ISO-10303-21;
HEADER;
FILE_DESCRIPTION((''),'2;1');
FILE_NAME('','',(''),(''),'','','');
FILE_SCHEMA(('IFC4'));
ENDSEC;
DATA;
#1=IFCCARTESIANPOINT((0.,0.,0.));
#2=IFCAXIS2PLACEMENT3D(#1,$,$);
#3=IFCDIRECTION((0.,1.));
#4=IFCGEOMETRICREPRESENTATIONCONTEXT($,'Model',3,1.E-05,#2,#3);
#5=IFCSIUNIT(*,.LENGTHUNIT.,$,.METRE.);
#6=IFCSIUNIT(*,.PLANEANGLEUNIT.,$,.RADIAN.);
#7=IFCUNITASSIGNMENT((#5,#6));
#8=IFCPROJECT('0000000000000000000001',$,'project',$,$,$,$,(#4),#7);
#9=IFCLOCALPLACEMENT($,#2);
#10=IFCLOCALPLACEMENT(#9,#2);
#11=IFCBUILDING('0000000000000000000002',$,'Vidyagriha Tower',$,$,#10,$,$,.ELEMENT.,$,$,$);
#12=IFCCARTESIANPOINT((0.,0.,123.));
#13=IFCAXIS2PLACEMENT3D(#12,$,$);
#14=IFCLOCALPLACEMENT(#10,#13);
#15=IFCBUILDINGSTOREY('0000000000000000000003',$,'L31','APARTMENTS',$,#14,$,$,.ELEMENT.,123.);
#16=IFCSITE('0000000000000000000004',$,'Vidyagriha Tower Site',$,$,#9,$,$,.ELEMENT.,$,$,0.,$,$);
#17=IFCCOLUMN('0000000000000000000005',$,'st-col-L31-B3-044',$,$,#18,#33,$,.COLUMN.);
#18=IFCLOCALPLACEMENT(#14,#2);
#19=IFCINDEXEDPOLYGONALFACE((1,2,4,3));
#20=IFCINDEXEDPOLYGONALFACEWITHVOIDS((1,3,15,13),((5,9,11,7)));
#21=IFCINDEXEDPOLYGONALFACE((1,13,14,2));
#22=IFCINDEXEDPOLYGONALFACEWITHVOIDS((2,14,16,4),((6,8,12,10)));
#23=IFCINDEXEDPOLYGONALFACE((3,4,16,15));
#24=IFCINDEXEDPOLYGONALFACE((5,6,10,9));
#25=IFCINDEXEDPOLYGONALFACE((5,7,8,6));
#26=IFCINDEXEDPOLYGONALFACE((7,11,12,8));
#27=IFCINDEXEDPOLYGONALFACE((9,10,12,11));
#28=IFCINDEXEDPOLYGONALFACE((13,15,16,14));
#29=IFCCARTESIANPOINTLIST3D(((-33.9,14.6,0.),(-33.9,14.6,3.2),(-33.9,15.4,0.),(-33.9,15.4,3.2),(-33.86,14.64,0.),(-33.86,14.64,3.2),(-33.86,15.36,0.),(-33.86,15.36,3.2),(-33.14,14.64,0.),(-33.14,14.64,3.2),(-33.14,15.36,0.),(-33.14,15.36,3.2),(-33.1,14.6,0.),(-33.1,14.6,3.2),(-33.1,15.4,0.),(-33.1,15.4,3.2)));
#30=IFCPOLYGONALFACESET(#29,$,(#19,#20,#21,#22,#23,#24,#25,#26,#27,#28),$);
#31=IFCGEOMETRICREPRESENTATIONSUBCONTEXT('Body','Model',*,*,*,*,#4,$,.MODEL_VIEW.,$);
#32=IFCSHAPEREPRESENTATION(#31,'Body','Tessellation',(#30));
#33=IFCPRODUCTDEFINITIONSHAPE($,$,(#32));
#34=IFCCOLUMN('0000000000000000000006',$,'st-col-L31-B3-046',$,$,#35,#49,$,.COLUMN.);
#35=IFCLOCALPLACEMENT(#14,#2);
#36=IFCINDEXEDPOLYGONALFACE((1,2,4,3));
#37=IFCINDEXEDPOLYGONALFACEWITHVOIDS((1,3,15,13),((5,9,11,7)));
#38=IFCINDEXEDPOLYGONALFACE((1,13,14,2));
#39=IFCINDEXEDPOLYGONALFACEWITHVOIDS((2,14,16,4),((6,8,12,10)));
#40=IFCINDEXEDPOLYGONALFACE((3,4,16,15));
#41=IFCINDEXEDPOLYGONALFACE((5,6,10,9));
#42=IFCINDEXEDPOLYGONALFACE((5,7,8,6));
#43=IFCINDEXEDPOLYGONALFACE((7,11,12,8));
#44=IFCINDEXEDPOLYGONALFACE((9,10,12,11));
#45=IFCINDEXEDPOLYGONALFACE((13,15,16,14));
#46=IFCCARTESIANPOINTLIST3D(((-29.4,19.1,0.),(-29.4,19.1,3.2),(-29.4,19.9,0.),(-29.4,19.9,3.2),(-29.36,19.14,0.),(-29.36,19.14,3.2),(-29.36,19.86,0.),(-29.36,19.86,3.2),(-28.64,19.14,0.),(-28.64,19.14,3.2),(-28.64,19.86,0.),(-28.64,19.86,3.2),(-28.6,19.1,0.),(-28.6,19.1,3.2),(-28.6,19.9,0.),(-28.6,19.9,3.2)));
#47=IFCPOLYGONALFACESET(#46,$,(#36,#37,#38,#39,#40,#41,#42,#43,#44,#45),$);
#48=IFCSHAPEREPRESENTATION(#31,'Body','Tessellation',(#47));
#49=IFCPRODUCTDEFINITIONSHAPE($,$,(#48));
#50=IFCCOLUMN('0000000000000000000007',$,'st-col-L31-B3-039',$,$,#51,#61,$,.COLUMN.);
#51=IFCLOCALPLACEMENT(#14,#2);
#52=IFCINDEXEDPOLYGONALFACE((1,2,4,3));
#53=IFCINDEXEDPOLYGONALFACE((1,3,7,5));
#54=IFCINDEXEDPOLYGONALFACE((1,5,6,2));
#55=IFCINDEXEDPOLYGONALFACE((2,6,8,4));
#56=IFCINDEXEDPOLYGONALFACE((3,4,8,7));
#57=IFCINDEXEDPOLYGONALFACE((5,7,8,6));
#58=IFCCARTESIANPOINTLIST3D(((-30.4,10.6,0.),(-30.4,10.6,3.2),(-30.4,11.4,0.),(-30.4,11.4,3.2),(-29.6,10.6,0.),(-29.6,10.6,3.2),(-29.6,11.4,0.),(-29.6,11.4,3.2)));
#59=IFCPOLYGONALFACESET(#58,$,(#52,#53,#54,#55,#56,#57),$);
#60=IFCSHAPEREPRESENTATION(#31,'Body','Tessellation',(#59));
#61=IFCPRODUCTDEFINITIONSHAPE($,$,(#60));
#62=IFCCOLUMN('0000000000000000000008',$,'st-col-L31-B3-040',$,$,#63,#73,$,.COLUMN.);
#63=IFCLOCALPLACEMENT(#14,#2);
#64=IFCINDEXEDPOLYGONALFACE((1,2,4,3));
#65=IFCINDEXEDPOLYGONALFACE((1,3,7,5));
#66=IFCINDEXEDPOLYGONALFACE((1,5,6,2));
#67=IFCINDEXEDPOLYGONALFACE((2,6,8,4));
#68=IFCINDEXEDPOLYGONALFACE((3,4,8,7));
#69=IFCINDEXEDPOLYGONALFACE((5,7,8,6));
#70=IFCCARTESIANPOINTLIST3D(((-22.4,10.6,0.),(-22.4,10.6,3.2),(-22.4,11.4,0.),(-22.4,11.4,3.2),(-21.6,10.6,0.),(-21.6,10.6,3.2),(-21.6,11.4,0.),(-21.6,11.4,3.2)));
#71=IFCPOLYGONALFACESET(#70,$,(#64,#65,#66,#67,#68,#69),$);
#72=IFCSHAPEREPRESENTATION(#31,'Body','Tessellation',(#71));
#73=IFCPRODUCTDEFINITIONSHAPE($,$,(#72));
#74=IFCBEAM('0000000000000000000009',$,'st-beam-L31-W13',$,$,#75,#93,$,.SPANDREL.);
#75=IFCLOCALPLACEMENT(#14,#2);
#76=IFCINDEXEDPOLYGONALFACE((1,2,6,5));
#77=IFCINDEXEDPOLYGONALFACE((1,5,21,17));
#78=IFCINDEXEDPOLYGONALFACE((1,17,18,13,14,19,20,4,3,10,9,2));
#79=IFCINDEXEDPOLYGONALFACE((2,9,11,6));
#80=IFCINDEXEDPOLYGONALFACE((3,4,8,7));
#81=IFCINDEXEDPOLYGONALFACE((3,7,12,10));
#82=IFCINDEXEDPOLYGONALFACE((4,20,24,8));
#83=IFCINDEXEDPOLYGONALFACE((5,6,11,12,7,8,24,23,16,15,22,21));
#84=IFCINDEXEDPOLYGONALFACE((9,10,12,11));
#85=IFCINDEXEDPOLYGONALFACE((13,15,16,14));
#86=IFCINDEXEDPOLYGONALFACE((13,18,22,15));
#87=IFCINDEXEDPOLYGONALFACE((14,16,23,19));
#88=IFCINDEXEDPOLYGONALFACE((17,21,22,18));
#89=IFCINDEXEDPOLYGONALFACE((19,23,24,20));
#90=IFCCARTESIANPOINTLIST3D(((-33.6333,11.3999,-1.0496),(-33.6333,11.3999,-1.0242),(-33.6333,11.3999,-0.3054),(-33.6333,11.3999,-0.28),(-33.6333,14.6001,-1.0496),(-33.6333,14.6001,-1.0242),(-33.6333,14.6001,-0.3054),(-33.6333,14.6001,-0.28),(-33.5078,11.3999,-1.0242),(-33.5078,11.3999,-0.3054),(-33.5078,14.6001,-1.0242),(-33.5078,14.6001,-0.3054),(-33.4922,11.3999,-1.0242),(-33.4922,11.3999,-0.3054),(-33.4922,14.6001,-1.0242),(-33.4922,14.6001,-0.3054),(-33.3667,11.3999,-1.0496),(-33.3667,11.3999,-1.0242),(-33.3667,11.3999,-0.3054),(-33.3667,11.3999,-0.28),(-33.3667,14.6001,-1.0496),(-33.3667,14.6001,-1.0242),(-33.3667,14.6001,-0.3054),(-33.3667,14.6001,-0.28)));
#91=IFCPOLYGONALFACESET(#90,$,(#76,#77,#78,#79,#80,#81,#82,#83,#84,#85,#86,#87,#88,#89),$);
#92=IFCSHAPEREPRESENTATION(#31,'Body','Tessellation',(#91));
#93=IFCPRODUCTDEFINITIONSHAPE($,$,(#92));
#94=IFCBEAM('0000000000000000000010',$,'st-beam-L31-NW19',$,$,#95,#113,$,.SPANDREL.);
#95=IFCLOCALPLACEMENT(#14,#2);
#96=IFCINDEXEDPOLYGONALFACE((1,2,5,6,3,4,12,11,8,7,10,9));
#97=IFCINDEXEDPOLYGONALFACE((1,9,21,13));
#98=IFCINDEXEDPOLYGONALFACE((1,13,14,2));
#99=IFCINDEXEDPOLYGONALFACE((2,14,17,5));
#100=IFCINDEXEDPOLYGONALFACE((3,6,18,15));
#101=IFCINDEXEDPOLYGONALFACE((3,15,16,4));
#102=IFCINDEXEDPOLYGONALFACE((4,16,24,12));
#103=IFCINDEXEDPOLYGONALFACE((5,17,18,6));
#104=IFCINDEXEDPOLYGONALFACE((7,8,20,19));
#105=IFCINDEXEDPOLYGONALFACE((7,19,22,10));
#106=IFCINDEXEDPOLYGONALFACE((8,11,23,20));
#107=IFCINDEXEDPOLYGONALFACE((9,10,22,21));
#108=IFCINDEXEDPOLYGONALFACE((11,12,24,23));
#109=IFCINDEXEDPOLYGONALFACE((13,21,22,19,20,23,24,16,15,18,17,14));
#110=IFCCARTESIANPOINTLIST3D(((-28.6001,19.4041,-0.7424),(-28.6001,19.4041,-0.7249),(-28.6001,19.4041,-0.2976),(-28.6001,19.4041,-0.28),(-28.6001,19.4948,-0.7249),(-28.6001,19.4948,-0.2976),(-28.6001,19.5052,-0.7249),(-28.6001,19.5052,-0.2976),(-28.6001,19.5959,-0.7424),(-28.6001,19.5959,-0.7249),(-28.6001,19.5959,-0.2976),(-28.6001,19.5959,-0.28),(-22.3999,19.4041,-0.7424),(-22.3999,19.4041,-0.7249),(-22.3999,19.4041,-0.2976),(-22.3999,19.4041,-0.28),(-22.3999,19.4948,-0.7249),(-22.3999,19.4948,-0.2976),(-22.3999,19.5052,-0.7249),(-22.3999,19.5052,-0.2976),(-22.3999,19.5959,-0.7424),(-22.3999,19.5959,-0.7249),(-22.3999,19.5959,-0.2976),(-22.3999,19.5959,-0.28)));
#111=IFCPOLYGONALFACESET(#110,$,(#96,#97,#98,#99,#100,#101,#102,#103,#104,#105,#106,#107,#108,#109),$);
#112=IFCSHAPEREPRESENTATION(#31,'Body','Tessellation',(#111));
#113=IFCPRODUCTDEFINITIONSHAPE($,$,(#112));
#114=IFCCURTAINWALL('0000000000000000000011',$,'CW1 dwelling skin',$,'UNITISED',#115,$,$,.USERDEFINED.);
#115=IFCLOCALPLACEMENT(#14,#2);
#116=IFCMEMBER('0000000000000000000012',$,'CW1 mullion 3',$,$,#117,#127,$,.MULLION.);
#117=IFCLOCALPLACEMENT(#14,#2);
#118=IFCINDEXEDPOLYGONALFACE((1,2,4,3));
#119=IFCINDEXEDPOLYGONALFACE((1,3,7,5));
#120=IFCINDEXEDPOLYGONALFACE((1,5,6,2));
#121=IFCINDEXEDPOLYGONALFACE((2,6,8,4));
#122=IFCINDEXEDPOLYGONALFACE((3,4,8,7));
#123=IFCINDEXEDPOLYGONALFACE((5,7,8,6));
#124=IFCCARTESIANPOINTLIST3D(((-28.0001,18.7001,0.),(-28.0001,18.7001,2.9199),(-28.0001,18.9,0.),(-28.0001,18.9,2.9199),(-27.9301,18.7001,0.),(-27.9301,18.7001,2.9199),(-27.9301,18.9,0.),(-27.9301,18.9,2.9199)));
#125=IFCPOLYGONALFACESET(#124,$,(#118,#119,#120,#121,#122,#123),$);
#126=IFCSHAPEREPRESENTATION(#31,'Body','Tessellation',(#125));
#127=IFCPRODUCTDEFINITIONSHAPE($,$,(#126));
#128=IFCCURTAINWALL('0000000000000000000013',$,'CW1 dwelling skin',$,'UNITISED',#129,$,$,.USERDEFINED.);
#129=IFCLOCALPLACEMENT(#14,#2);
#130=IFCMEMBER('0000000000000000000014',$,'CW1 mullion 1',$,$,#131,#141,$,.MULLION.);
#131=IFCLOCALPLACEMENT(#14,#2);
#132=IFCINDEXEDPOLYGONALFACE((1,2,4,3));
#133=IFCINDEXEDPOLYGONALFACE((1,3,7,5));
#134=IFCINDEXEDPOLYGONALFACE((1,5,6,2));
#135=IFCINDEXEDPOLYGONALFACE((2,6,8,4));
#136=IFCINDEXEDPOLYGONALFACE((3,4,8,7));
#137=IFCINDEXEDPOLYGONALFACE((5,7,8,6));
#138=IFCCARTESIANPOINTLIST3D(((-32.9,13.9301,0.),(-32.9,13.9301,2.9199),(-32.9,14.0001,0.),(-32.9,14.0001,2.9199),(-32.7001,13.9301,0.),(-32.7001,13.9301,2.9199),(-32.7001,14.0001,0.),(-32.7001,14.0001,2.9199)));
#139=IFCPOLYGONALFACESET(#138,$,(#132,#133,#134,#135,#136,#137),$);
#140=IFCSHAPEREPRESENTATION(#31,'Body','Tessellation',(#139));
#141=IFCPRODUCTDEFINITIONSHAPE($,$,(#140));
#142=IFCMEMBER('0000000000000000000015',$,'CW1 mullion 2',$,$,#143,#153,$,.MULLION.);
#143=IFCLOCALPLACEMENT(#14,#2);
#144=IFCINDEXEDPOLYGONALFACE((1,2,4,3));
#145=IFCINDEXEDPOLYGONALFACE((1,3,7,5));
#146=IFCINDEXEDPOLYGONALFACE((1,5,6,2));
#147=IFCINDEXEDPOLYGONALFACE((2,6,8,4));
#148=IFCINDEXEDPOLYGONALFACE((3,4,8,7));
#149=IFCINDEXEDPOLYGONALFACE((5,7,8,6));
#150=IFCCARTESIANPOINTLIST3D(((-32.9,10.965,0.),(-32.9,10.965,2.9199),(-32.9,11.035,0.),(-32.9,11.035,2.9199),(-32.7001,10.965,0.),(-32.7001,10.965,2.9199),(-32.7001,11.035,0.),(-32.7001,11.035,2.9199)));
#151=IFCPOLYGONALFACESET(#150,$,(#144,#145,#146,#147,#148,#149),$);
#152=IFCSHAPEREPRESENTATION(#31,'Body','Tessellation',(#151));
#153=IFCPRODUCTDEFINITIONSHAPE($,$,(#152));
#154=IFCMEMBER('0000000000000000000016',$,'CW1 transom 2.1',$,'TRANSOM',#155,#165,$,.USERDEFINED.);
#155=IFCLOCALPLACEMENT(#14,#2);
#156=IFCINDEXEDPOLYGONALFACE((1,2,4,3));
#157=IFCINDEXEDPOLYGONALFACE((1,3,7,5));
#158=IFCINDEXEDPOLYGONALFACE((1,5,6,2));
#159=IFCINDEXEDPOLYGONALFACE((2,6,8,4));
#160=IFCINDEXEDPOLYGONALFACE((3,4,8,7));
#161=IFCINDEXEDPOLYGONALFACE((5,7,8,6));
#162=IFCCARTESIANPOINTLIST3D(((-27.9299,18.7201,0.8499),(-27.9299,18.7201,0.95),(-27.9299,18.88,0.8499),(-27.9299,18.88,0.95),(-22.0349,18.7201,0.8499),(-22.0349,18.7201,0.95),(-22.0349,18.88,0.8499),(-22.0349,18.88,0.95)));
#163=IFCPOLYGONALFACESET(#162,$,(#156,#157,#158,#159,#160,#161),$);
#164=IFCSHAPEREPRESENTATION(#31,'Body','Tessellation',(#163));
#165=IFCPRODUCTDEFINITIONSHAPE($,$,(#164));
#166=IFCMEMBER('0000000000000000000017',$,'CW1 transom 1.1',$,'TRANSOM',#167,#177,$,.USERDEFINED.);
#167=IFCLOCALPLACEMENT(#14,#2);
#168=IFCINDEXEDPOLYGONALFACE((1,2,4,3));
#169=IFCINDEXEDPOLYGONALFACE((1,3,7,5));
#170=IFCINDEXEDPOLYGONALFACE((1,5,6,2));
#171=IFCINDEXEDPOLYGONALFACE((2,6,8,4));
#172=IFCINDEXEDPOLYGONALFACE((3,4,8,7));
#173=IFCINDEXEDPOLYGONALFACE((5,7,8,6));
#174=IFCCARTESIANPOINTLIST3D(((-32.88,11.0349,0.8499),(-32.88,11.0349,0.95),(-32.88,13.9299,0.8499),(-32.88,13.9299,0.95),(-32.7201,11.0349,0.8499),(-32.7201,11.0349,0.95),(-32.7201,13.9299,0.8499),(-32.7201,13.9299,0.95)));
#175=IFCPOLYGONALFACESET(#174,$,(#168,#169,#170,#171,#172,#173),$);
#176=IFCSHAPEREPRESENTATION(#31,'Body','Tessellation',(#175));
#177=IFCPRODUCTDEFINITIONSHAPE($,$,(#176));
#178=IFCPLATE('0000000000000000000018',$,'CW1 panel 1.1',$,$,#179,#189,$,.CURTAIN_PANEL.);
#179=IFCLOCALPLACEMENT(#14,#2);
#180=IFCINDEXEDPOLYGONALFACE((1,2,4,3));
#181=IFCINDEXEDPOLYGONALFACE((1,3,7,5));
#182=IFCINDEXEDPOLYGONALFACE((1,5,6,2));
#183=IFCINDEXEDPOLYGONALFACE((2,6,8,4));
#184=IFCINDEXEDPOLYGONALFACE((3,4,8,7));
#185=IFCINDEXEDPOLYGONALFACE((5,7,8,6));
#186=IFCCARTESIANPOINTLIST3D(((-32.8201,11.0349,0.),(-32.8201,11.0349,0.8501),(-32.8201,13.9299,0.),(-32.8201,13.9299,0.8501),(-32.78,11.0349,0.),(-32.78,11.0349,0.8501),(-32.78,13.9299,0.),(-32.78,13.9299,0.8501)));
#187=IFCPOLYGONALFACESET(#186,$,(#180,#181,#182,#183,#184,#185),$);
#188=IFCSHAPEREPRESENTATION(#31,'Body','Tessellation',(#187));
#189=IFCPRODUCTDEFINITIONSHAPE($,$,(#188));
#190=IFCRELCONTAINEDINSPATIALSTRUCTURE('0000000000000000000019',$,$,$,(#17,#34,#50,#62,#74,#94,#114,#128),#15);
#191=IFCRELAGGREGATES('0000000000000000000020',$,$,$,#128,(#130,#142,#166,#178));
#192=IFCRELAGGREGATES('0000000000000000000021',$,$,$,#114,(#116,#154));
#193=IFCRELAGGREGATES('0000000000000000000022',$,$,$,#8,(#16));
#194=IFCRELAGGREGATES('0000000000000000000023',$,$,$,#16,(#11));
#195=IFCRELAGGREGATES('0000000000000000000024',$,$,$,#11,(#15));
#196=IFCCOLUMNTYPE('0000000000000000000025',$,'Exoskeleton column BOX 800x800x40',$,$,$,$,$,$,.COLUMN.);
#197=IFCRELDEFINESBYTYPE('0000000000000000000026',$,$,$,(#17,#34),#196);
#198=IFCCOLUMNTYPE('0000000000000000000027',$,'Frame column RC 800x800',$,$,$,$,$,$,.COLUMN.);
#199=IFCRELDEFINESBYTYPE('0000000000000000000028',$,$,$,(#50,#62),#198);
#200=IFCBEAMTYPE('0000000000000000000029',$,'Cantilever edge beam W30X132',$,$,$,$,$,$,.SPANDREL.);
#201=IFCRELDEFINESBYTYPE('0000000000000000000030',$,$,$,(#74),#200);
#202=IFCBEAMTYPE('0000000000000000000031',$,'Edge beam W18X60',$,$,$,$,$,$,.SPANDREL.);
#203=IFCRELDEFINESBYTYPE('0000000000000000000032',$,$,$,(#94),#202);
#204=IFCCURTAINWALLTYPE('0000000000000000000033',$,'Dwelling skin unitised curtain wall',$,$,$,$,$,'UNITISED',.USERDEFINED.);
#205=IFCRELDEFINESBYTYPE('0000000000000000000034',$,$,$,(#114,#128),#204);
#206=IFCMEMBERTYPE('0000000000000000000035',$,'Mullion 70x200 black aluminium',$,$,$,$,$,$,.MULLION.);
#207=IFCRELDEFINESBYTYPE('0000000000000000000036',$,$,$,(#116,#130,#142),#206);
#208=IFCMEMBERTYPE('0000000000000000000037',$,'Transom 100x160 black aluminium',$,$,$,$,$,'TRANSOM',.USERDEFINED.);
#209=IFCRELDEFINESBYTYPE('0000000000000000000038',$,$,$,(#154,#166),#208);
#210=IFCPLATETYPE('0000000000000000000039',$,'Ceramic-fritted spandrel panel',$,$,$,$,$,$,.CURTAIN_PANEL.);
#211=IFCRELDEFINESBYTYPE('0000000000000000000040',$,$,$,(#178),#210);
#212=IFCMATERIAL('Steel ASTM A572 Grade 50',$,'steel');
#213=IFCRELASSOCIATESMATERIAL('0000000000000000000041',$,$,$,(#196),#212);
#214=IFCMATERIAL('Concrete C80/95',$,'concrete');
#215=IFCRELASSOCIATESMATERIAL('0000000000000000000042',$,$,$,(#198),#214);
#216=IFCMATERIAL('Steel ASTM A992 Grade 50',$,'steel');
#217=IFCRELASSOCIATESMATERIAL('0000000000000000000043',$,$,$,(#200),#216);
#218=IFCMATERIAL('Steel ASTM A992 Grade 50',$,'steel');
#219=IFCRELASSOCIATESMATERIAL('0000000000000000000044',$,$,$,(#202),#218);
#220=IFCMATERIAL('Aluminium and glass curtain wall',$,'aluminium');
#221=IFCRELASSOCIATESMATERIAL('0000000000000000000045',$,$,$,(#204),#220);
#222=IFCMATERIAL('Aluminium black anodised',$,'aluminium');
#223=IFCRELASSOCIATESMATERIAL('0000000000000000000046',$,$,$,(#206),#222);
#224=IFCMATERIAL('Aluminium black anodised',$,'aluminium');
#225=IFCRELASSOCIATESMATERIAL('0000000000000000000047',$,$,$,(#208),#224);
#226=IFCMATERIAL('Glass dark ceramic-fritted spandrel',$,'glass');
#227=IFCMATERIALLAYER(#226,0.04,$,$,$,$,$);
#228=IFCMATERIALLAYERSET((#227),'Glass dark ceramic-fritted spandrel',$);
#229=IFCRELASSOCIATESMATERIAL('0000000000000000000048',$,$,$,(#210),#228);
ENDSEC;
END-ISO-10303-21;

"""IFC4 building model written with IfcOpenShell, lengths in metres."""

from ifc_helpers import new_model, si_unit, direction, frame, origin, origin_2d, place, context, subcontext, project, spatial, rectangle, hollow_rectangle, i_section, extrude, material, layer, layer_set, material_profile, profile_set, type_object, element, aggregate, save


model = new_model("IFC4")

# Units and contexts
model_context = context("Model", 3, precision=1e-05, world=origin(), true_north=direction((0.0, 1.0)))
body_context = subcontext(model_context, "Body", "Model", "MODEL_VIEW")
ifc_project = project(units=[si_unit("LENGTHUNIT", "METRE"), si_unit("PLANEANGLEUNIT", "RADIAN")], contexts=[model_context])

# Site, building, storey
site_placement = place(None, origin())
site = spatial("IfcSite", under=ifc_project, at=site_placement, Name="Vidyagriha Tower Site", CompositionType="ELEMENT", RefElevation=0.0)
building_placement = place(site_placement, origin())
building = spatial("IfcBuilding", under=site, at=building_placement, Name="Vidyagriha Tower", CompositionType="ELEMENT")
storey_placement = place(building_placement, frame((0.0, 0.0, 123.0)))
storey = spatial("IfcBuildingStorey", under=building, at=storey_placement, Name="L31", Description="APARTMENTS", CompositionType="ELEMENT", Elevation=123.0)

# Columns
ifc_material_1 = material(Name="Steel ASTM A572 Grade 50", Category="steel")
ifc_material_profile_1 = material_profile(ifc_material_1, hollow_rectangle(XDim=0.8, YDim=0.8, WallThickness=0.04, at=origin_2d()), Name="BOX 800x800x40")
ifc_profile_set_1 = profile_set([ifc_material_profile_1], Name="Steel ASTM A572 Grade 50")
column_type_1 = type_object("IfcColumnType", Name="Exoskeleton column BOX 800x800x40", PredefinedType="COLUMN", material=ifc_profile_set_1)
for number, where, name in (
    (1, (-33.5, 15.0, 0.0), "st-col-L31-B3-044"),
    (2, (-29.0, 19.5, 0.0), "st-col-L31-B3-046"),
):
    element("IfcColumn", number, at=place(storey_placement, frame(where)), inside=storey, type_object=column_type_1, Name=name, PredefinedType="COLUMN", context=body_context, shape_type="SweptSolid", body=[
        extrude(hollow_rectangle(XDim=0.8, YDim=0.8, WallThickness=0.04, at=origin_2d()), origin(), (0.0, 0.0, 1.0), 3.2),
    ])
ifc_material_2 = material(Name="Concrete C80/95", Category="concrete")
ifc_material_profile_2 = material_profile(ifc_material_2, rectangle(XDim=0.8, YDim=0.8, at=origin_2d()), Name="RC 800x800")
ifc_profile_set_2 = profile_set([ifc_material_profile_2], Name="Concrete C80/95")
column_type_2 = type_object("IfcColumnType", Name="Frame column RC 800x800", PredefinedType="COLUMN", material=ifc_profile_set_2)
for number, where, name in (
    (3, (-30.0, 11.0, 0.0), "st-col-L31-B3-039"),
    (4, (-22.0, 11.0, 0.0), "st-col-L31-B3-040"),
):
    element("IfcColumn", number, at=place(storey_placement, frame(where)), inside=storey, type_object=column_type_2, Name=name, PredefinedType="COLUMN", context=body_context, shape_type="SweptSolid", body=[
        extrude(rectangle(XDim=0.8, YDim=0.8, at=origin_2d()), origin(), (0.0, 0.0, 1.0), 3.2),
    ])

# Beams
ifc_material_3 = material(Name="Steel ASTM A992 Grade 50", Category="steel")
ifc_material_profile_3 = material_profile(ifc_material_3, i_section(OverallWidth=0.2666, OverallDepth=0.7695, WebThickness=0.0156, FlangeThickness=0.0254, at=origin_2d()), Name="W30X132")
ifc_profile_set_3 = profile_set([ifc_material_profile_3], Name="Steel ASTM A992 Grade 50")
beam_type_1 = type_object("IfcBeamType", Name="Cantilever edge beam W30X132", PredefinedType="SPANDREL", material=ifc_profile_set_3)
beam_1_placement = place(storey_placement, frame((-33.5, 11.3999, -0.6648), z_axis=(0.0, 1.0, 0.0), x_axis=(-1.0, 0.0, 0.0)))
element("IfcBeam", 5, at=beam_1_placement, inside=storey, type_object=beam_type_1, Name="st-beam-L31-W13", PredefinedType="SPANDREL", context=body_context, shape_type="SweptSolid", body=[
    extrude(i_section(OverallWidth=0.2666, OverallDepth=0.7695, WebThickness=0.0156, FlangeThickness=0.0254, at=origin_2d()), origin(), (0.0, 0.0, 1.0), 3.2002),
])
ifc_material_4 = material(Name="Steel ASTM A992 Grade 50", Category="steel")
ifc_material_profile_4 = material_profile(ifc_material_4, i_section(OverallWidth=0.1919, OverallDepth=0.4624, WebThickness=0.0105, FlangeThickness=0.0176, at=origin_2d()), Name="W18X60")
ifc_profile_set_4 = profile_set([ifc_material_profile_4], Name="Steel ASTM A992 Grade 50")
beam_type_2 = type_object("IfcBeamType", Name="Edge beam W18X60", PredefinedType="SPANDREL", material=ifc_profile_set_4)
beam_2_placement = place(storey_placement, frame((-28.6001, 19.5, -0.5112), z_axis=(1.0, 0.0, 0.0), x_axis=(0.0, 1.0, 0.0)))
element("IfcBeam", 6, at=beam_2_placement, inside=storey, type_object=beam_type_2, Name="st-beam-L31-NW19", PredefinedType="SPANDREL", context=body_context, shape_type="SweptSolid", body=[
    extrude(i_section(OverallWidth=0.1919, OverallDepth=0.4624, WebThickness=0.0105, FlangeThickness=0.0176, at=origin_2d()), origin(), (0.0, 0.0, 1.0), 6.2002),
])

# Curtain wall, member
ifc_material_5 = material(Name="Aluminium and glass curtain wall", Category="aluminium")
curtain_wall_type = type_object("IfcCurtainWallType", Name="Dwelling skin unitised curtain wall", ElementType="UNITISED", PredefinedType="USERDEFINED", material=ifc_material_5)
curtain_wall_1_placement = place(storey_placement, origin())
curtain_wall_1 = element("IfcCurtainWall", 7, at=curtain_wall_1_placement, inside=storey, type_object=curtain_wall_type, Name="CW1 dwelling skin", ObjectType="UNITISED", PredefinedType="USERDEFINED")
ifc_material_6 = material(Name="Aluminium black anodised", Category="aluminium")
ifc_material_profile_5 = material_profile(ifc_material_6, rectangle(XDim=0.2, YDim=0.0701, at=origin_2d()), Name="Mullion 70x200 black aluminium")
ifc_profile_set_5 = profile_set([ifc_material_profile_5], Name="Aluminium black anodised")
member_type_1 = type_object("IfcMemberType", Name="Mullion 70x200 black aluminium", PredefinedType="MULLION", material=ifc_profile_set_5)
member_1_placement = place(storey_placement, frame((-27.9651, 18.8, 0.0), z_axis=(0.0, 0.0, 1.0), x_axis=(0.0, -1.0, 0.0)))
member_1 = element("IfcMember", 8, at=member_1_placement, type_object=member_type_1, Name="CW1 mullion 3", PredefinedType="MULLION", context=body_context, shape_type="SweptSolid", body=[
    extrude(rectangle(XDim=0.2, YDim=0.0701, at=origin_2d()), origin(), (0.0, 0.0, 1.0), 2.9199),
])

# Curtain wall, members
curtain_wall_2_placement = place(storey_placement, origin())
curtain_wall_2 = element("IfcCurtainWall", 9, at=curtain_wall_2_placement, inside=storey, type_object=curtain_wall_type, Name="CW1 dwelling skin", ObjectType="UNITISED", PredefinedType="USERDEFINED")
member_2_placement = place(storey_placement, frame((-32.8, 13.9651, 0.0)))
member_2 = element("IfcMember", 10, at=member_2_placement, type_object=member_type_1, Name="CW1 mullion 1", PredefinedType="MULLION", context=body_context, shape_type="SweptSolid", body=[
    extrude(rectangle(XDim=0.2, YDim=0.0701, at=origin_2d()), origin(), (0.0, 0.0, 1.0), 2.9199),
])
member_3_placement = place(storey_placement, frame((-32.8, 11.0, 0.0)))
member_3 = element("IfcMember", 11, at=member_3_placement, type_object=member_type_1, Name="CW1 mullion 2", PredefinedType="MULLION", context=body_context, shape_type="SweptSolid", body=[
    extrude(rectangle(XDim=0.2, YDim=0.0701, at=origin_2d()), origin(), (0.0, 0.0, 1.0), 2.9199),
])

# Members
ifc_material_7 = material(Name="Aluminium black anodised", Category="aluminium")
ifc_material_profile_6 = material_profile(ifc_material_7, rectangle(XDim=0.1599, YDim=0.1001, at=origin_2d()), Name="Transom 100x160 black aluminium")
ifc_profile_set_6 = profile_set([ifc_material_profile_6], Name="Aluminium black anodised")
member_type_2 = type_object("IfcMemberType", Name="Transom 100x160 black aluminium", ElementType="TRANSOM", PredefinedType="USERDEFINED", material=ifc_profile_set_6)
member_4_placement = place(storey_placement, frame((-22.0349, 18.8, 0.8999), z_axis=(-1.0, 0.0, 0.0), x_axis=(0.0, -1.0, 0.0)))
member_4 = element("IfcMember", 12, at=member_4_placement, type_object=member_type_2, Name="CW1 transom 2.1", ObjectType="TRANSOM", PredefinedType="USERDEFINED", context=body_context, shape_type="SweptSolid", body=[
    extrude(rectangle(XDim=0.1599, YDim=0.1001, at=origin_2d()), origin(), (0.0, 0.0, 1.0), 5.895),
])
member_5_placement = place(storey_placement, frame((-32.8, 13.9299, 0.8999), z_axis=(0.0, -1.0, 0.0), x_axis=(1.0, 0.0, 0.0)))
member_5 = element("IfcMember", 13, at=member_5_placement, type_object=member_type_2, Name="CW1 transom 1.1", ObjectType="TRANSOM", PredefinedType="USERDEFINED", context=body_context, shape_type="SweptSolid", body=[
    extrude(rectangle(XDim=0.1599, YDim=0.1001, at=origin_2d()), origin(), (0.0, 0.0, 1.0), 2.895),
])

# Plate
ifc_material_8 = material(Name="Glass dark ceramic-fritted spandrel", Category="glass")
ifc_layer_1 = layer(ifc_material_8, 0.04)
ifc_layer_set_1 = layer_set([ifc_layer_1], Name="Glass dark ceramic-fritted spandrel")
plate_type_1 = type_object("IfcPlateType", Name="Ceramic-fritted spandrel panel", PredefinedType="CURTAIN_PANEL", material=ifc_layer_set_1)
plate_1_placement = place(storey_placement, frame((-32.8, 12.4824, 0.0), z_axis=(0.0, 0.0, 1.0), x_axis=(0.0, -1.0, 0.0)))
plate_1 = element("IfcPlate", 14, at=plate_1_placement, type_object=plate_type_1, Name="CW1 panel 1.1", PredefinedType="CURTAIN_PANEL", context=body_context, shape_type="SweptSolid", body=[
    extrude(rectangle(XDim=2.895, YDim=0.04, at=origin_2d()), origin(), (0.0, 0.0, 1.0), 0.8501),
])
aggregate(curtain_wall_2, [member_2, member_3, member_5, plate_1])
aggregate(curtain_wall_1, [member_1, member_4])

save(model, "model.ifc")
